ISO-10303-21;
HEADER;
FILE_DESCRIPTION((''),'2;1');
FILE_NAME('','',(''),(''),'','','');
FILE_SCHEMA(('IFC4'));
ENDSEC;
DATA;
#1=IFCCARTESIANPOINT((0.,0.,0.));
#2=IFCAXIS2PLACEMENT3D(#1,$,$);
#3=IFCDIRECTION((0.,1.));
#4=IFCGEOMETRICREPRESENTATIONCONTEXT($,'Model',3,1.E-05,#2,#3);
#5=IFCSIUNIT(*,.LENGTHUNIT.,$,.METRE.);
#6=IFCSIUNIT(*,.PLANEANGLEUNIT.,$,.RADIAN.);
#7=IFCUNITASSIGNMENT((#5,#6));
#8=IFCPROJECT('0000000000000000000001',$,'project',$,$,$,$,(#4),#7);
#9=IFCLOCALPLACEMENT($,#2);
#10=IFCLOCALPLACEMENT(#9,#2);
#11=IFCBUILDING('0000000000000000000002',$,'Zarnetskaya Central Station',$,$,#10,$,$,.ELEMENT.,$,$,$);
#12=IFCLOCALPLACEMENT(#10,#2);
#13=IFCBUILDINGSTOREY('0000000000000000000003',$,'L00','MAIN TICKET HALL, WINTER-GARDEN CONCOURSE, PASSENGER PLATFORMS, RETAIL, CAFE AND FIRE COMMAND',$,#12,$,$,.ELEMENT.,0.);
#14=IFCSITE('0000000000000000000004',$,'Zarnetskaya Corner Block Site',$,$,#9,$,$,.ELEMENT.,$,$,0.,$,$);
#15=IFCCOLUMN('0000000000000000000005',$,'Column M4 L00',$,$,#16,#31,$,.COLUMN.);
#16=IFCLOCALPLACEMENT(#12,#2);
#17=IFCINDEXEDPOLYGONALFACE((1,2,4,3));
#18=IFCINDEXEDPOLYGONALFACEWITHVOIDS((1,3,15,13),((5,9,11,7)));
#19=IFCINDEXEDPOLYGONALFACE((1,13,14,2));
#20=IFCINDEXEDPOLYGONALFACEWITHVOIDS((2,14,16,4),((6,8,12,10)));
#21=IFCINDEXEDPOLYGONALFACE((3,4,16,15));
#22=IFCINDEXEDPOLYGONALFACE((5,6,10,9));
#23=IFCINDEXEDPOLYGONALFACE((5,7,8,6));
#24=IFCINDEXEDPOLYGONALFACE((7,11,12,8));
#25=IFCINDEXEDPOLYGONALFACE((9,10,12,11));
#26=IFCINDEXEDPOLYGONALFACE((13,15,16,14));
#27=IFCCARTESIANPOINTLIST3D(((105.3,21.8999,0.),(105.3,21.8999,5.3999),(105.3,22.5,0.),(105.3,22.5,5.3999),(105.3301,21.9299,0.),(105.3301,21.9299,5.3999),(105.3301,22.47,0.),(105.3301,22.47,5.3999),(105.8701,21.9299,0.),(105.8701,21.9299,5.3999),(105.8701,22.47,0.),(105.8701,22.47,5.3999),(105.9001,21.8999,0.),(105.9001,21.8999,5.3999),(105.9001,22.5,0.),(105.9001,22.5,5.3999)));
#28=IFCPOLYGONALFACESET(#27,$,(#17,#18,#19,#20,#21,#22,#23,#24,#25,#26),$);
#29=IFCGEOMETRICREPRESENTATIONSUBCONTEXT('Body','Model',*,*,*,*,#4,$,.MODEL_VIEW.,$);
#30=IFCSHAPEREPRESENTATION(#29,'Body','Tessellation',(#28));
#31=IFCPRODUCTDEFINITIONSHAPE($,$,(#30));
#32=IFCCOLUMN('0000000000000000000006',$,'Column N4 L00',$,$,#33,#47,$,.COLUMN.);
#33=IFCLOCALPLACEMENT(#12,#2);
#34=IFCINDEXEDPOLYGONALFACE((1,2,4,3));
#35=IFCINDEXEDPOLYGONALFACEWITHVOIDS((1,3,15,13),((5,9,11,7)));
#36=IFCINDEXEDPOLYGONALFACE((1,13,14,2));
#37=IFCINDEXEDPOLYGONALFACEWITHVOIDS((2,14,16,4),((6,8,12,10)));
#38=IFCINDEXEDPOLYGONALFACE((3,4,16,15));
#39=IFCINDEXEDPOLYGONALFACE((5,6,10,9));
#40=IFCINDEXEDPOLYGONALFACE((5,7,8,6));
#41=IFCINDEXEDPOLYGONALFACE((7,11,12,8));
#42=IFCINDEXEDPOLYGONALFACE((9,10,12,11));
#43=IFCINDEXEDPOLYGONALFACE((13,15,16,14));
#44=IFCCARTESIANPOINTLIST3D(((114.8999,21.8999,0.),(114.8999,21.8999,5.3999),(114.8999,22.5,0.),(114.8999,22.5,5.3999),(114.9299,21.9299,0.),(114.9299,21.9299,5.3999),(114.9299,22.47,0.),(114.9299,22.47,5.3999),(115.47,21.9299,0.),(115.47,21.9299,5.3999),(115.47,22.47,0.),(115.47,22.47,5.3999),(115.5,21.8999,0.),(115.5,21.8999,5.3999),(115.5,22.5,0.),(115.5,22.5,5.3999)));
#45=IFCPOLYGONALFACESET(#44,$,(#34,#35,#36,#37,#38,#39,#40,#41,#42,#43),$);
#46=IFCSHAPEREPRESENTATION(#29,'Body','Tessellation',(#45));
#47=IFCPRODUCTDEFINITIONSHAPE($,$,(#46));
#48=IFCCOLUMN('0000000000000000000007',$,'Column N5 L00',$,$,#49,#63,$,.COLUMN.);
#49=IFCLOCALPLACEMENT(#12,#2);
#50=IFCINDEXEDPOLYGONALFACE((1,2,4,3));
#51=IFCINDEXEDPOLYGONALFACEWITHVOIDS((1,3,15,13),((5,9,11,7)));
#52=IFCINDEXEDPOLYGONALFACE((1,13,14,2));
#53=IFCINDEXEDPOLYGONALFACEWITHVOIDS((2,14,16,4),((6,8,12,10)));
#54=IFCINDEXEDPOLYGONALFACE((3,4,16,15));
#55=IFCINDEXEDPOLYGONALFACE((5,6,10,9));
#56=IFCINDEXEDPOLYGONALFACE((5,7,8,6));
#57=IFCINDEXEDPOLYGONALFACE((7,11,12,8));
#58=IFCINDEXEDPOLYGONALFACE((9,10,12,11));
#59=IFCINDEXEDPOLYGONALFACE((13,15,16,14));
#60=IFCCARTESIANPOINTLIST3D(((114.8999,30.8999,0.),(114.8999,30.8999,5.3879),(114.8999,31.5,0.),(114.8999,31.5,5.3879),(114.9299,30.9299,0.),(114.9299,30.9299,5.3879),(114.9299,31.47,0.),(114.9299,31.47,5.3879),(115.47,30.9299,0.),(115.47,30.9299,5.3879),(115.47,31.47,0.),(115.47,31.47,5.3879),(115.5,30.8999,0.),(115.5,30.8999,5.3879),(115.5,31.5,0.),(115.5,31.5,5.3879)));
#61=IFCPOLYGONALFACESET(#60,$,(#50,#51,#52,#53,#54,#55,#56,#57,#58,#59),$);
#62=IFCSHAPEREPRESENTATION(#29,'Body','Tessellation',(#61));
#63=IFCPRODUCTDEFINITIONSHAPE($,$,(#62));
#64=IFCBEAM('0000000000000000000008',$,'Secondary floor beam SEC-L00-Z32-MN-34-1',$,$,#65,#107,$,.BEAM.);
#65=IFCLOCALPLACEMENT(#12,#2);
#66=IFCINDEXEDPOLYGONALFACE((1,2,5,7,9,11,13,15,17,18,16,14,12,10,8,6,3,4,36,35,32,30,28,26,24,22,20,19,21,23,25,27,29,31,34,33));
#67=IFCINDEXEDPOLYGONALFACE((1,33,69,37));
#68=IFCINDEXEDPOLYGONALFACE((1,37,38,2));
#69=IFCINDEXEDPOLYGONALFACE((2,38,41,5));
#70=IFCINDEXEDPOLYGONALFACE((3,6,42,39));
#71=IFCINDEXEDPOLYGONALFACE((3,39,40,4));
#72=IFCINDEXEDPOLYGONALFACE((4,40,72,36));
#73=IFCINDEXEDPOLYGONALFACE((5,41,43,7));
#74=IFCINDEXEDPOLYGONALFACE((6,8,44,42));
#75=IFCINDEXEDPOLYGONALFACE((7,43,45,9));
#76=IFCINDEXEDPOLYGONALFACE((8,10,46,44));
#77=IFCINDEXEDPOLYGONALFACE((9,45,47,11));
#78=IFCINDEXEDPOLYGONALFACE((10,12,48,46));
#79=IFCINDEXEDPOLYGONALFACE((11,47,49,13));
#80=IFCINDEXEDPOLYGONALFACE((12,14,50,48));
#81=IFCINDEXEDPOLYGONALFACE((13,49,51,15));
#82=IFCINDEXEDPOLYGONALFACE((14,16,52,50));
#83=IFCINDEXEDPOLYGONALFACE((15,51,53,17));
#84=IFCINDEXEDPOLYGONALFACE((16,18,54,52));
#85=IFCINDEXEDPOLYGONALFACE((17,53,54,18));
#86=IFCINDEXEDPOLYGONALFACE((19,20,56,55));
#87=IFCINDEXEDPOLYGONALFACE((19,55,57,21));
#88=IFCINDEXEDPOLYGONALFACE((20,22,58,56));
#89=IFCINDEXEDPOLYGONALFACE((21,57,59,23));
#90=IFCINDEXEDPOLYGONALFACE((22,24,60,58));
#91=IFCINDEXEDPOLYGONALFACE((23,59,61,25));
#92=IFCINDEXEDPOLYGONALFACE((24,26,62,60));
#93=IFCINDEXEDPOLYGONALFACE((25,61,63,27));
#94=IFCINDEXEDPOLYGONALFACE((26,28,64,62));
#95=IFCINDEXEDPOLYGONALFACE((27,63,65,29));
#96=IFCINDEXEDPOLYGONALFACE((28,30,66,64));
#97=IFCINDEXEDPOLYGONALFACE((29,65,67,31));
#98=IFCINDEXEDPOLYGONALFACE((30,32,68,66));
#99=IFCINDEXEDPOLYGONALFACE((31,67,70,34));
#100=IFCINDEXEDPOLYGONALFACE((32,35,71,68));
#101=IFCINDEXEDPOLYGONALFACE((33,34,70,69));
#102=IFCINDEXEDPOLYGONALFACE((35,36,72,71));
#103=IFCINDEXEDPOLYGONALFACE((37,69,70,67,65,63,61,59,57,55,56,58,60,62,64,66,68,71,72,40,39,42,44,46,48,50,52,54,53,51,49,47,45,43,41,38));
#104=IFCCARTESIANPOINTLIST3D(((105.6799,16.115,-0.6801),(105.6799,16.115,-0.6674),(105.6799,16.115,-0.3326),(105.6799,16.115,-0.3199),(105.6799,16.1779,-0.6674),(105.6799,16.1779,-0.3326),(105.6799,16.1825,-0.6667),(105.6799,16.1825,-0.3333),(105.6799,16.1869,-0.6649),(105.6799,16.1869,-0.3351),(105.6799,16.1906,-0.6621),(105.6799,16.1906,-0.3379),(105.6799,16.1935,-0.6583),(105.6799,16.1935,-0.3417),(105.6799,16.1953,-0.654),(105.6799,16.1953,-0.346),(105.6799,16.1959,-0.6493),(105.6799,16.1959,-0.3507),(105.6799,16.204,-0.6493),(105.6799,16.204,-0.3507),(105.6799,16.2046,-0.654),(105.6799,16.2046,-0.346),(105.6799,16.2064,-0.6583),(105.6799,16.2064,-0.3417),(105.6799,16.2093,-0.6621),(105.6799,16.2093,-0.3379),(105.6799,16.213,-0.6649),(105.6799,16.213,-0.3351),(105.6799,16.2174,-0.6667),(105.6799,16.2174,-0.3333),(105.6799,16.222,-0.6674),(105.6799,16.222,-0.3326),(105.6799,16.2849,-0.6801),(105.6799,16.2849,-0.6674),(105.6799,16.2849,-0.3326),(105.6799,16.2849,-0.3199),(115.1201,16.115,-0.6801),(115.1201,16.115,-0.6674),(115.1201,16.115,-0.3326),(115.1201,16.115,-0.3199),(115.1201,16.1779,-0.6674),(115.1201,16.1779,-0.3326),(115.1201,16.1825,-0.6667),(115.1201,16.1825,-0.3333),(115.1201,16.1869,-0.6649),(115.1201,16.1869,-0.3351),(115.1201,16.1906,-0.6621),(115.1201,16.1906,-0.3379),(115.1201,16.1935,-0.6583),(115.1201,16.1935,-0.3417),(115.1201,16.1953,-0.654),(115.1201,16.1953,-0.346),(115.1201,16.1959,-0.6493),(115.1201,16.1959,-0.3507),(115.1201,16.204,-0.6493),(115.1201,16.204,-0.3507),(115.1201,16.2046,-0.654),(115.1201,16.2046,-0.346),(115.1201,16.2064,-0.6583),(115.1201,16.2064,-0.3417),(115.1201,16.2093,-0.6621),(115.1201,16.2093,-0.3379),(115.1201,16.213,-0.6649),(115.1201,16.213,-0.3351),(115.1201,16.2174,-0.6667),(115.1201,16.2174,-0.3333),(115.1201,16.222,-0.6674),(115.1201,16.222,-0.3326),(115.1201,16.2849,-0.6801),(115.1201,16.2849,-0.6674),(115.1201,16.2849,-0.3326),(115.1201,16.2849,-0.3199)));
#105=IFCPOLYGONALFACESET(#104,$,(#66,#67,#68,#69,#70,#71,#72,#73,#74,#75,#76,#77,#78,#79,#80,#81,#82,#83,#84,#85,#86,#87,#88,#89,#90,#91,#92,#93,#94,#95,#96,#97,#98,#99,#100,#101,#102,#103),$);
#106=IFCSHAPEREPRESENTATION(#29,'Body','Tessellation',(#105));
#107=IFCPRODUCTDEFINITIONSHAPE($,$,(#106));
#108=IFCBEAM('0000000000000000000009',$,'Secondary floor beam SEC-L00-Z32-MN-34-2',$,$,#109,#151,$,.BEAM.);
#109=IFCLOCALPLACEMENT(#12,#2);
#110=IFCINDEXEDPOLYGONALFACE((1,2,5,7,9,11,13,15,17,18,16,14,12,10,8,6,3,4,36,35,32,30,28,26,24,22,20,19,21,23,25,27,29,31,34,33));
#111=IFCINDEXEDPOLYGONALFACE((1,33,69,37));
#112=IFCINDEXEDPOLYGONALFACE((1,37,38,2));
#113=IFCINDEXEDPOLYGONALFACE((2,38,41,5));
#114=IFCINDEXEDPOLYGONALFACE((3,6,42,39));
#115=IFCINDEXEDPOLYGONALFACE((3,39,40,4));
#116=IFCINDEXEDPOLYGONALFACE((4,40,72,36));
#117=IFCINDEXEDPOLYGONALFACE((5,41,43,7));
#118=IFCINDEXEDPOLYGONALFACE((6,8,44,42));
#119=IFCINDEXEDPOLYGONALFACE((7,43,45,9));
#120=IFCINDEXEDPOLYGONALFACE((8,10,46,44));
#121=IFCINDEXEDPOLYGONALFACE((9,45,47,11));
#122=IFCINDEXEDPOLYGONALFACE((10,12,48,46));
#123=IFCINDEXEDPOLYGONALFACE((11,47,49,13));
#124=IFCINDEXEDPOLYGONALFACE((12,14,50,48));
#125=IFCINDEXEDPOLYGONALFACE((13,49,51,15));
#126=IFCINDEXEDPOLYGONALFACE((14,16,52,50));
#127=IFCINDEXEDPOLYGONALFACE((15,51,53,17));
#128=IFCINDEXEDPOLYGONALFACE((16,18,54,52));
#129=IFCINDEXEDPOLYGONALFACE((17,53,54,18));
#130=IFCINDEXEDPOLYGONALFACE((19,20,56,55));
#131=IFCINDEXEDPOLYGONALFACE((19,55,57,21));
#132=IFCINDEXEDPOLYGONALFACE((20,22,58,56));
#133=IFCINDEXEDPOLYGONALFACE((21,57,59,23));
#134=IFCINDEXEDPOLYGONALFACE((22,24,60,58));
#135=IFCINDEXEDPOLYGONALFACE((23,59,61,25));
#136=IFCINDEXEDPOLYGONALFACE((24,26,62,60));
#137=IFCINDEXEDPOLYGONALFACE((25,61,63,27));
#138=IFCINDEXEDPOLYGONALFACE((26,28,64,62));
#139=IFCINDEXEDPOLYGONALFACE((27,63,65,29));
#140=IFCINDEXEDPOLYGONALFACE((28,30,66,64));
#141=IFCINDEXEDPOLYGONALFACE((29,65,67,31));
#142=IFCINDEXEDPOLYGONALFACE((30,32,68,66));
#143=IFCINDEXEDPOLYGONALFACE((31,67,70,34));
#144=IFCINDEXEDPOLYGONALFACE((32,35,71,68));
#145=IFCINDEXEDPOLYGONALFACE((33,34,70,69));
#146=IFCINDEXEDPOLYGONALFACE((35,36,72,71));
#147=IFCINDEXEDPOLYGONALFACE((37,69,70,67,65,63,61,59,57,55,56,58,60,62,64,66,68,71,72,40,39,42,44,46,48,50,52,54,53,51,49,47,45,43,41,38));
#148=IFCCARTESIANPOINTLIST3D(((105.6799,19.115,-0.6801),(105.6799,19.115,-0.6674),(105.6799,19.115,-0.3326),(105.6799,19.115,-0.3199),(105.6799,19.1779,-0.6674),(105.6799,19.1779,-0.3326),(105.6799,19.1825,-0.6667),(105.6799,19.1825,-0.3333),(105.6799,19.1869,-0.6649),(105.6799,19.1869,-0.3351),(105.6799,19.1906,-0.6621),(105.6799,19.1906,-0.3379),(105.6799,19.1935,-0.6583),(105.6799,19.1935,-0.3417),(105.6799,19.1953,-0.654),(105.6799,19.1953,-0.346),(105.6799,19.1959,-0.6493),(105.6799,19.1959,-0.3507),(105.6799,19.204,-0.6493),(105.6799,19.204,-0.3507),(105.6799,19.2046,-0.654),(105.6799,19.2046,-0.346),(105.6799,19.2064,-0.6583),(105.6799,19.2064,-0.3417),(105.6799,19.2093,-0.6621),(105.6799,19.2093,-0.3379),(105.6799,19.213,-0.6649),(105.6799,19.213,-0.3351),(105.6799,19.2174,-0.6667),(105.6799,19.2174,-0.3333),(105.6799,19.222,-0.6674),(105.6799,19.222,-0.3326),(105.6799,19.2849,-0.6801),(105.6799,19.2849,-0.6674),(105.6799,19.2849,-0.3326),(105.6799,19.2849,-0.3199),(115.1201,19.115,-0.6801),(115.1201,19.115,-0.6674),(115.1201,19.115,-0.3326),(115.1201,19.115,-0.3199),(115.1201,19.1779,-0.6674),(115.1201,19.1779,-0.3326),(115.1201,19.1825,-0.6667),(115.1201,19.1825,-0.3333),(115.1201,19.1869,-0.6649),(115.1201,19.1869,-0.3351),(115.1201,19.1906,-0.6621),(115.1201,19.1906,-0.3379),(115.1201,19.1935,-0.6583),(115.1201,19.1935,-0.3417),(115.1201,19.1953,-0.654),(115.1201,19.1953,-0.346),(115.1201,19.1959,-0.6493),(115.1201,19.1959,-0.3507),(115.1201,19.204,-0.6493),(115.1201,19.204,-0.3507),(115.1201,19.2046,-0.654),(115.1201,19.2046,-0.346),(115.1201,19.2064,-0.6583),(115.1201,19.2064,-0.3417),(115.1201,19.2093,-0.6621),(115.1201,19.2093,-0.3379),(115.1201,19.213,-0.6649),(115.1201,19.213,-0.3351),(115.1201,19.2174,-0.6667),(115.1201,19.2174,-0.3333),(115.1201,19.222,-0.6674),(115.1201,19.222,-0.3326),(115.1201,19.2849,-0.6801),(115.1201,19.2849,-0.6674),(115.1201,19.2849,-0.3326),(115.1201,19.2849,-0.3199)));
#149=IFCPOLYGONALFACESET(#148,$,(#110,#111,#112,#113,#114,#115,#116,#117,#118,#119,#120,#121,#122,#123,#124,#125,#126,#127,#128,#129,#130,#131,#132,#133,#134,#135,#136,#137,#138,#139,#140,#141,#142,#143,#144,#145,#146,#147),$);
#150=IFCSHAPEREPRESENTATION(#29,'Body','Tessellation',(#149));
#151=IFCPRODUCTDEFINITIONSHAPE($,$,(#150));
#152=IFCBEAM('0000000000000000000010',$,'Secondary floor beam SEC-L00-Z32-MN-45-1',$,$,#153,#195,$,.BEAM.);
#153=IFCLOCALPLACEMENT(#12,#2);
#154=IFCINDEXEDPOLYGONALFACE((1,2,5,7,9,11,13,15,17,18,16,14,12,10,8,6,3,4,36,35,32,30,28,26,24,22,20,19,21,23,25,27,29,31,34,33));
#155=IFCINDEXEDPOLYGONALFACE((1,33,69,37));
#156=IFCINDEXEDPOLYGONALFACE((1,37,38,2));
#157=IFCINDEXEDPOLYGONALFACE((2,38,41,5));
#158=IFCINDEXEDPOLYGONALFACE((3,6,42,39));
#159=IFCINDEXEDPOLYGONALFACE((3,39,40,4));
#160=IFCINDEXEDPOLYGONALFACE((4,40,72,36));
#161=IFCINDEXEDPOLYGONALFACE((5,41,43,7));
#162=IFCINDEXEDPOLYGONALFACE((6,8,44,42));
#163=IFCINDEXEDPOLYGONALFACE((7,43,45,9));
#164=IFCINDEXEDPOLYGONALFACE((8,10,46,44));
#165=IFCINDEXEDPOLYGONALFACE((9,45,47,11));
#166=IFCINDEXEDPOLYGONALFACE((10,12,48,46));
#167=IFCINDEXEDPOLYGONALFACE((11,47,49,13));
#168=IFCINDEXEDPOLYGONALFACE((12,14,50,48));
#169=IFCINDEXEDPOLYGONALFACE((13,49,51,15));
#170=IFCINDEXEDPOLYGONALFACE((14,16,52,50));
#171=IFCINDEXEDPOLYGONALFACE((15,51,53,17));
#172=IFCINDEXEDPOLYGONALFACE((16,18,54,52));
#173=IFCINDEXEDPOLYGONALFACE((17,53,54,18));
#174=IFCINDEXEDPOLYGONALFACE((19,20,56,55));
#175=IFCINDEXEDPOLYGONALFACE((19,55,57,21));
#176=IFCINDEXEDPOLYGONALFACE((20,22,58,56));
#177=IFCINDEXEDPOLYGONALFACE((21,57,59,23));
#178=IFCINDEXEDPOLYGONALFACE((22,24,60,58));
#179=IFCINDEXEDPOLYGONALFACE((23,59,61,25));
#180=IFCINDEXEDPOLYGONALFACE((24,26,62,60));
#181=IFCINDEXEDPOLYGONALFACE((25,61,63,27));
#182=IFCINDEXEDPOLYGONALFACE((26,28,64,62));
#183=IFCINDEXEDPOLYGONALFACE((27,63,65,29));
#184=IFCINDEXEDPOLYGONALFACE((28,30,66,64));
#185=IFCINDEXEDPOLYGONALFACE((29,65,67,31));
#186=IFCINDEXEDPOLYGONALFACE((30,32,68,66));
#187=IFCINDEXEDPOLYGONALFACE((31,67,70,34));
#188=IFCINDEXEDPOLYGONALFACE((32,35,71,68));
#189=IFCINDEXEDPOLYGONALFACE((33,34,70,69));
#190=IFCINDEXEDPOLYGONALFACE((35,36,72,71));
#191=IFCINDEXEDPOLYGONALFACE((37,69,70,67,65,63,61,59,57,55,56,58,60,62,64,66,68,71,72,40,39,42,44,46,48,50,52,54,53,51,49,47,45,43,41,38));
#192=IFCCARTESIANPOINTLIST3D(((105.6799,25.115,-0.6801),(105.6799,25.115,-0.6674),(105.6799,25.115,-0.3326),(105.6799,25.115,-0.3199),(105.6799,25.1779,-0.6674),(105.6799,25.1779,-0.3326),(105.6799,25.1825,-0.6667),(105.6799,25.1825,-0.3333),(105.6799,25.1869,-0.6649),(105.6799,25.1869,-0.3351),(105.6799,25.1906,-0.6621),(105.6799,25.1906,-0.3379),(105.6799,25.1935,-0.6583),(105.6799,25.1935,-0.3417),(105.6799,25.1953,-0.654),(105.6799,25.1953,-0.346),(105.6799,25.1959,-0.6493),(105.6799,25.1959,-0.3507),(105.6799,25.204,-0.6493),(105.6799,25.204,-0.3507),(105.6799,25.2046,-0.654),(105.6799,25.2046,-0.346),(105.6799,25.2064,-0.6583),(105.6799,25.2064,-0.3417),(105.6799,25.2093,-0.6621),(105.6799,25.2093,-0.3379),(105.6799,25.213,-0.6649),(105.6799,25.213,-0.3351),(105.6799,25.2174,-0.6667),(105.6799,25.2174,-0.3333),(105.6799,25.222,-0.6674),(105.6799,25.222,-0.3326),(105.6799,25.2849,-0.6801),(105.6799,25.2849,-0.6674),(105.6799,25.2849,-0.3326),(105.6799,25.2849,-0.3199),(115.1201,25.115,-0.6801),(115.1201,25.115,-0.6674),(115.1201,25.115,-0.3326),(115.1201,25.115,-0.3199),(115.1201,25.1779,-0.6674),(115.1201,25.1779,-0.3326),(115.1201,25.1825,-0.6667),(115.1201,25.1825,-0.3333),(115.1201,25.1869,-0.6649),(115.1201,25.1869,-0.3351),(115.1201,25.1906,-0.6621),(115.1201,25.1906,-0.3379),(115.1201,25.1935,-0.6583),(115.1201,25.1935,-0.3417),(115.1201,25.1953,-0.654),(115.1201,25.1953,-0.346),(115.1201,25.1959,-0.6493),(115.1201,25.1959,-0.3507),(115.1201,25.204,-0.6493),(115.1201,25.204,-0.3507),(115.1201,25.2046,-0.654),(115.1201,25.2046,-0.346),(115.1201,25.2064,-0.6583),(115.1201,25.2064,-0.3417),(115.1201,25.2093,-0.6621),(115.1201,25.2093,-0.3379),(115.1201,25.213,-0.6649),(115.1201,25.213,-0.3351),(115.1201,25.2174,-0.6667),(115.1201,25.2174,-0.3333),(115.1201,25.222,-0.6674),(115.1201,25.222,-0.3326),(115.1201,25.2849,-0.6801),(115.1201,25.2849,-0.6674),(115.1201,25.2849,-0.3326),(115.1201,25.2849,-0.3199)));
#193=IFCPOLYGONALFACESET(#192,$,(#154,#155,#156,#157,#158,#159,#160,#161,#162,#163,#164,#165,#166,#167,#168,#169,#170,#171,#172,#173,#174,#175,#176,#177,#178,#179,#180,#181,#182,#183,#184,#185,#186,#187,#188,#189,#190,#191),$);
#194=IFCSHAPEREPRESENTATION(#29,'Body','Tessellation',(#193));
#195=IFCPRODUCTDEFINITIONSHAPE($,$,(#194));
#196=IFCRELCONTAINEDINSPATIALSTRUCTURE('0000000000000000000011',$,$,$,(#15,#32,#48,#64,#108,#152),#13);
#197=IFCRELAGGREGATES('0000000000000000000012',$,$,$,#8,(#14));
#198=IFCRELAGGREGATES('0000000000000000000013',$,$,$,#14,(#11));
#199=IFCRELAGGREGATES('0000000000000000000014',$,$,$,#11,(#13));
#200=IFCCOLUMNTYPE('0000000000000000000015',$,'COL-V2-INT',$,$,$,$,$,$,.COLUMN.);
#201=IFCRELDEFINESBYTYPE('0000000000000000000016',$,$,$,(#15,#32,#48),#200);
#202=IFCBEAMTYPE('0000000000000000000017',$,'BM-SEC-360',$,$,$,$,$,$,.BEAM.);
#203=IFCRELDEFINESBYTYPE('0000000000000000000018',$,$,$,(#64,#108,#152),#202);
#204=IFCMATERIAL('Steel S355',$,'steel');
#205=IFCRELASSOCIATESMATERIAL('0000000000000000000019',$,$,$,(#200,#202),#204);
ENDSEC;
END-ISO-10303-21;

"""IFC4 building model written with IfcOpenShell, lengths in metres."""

from ifc_helpers import new_model, si_unit, direction, frame, origin, origin_2d, place, context, subcontext, project, spatial, hollow_rectangle, i_section, extrude, material, material_profile, profile_set, type_object, element, save


model = new_model("IFC4")

# Units and contexts
model_context = context("Model", 3, precision=1e-05, world=origin(), true_north=direction((0.0, 1.0)))
body_context = subcontext(model_context, "Body", "Model", "MODEL_VIEW")
ifc_project = project(units=[si_unit("LENGTHUNIT", "METRE"), si_unit("PLANEANGLEUNIT", "RADIAN")], contexts=[model_context])

# Site, building, storey
site_placement = place(None, origin())
site = spatial("IfcSite", under=ifc_project, at=site_placement, Name="Zarnetskaya Corner Block Site", CompositionType="ELEMENT", RefElevation=0.0)
building_placement = place(site_placement, origin())
building = spatial("IfcBuilding", under=site, at=building_placement, Name="Zarnetskaya Central Station", CompositionType="ELEMENT")
storey_placement = place(building_placement, origin())
storey = spatial("IfcBuildingStorey", under=building, at=storey_placement, Name="L00", Description="MAIN TICKET HALL, WINTER-GARDEN CONCOURSE, PASSENGER PLATFORMS, RETAIL, CAFE AND FIRE COMMAND", CompositionType="ELEMENT", Elevation=0.0)

# Columns
ifc_material = material(Name="Steel S355", Category="steel")
ifc_material_profile_1 = material_profile(ifc_material, hollow_rectangle(XDim=0.6001, YDim=0.6001, WallThickness=0.03, at=origin_2d()), Name="BOX 600x600x30")
ifc_profile_set_1 = profile_set([ifc_material_profile_1], Name="Steel S355")
column_type = type_object("IfcColumnType", Name="COL-V2-INT", PredefinedType="COLUMN", material=ifc_profile_set_1)
for number, where, z_axis, x_axis, name in (
    (1, (105.6001, 22.2, 0.0), (0.0, 0.0, 1.0), (1.0, 0.0, 0.0), "Column M4 L00"),
    (2, (115.2, 22.2, 0.0), (0.0, 0.0, 1.0), (1.0, 0.0, 0.0), "Column N4 L00"),
):
    element("IfcColumn", number, at=place(storey_placement, frame(where, z_axis=z_axis, x_axis=x_axis)), inside=storey, type_object=column_type, Name=name, PredefinedType="COLUMN", context=body_context, shape_type="SweptSolid", body=[
        extrude(hollow_rectangle(XDim=0.6001, YDim=0.6001, WallThickness=0.03, at=origin_2d()), origin(), (0.0, 0.0, 1.0), 5.3999),
    ])
column_placement = place(storey_placement, frame((115.2, 31.2, 0.0), z_axis=(0.0, 0.0, 1.0), x_axis=(1.0, 0.0, 0.0)))
element("IfcColumn", 3, at=column_placement, inside=storey, type_object=column_type, Name="Column N5 L00", PredefinedType="COLUMN", context=body_context, shape_type="SweptSolid", body=[
    extrude(hollow_rectangle(XDim=0.6001, YDim=0.6001, WallThickness=0.03, at=origin_2d()), origin(), (0.0, 0.0, 1.0), 5.3879),
])

# Beams
ifc_material_profile_2 = material_profile(ifc_material, i_section(OverallWidth=0.1699, OverallDepth=0.3601, WebThickness=0.0081, FlangeThickness=0.0127, FilletRadius=0.0181, at=origin_2d()), Name="IPE 360")
ifc_profile_set_2 = profile_set([ifc_material_profile_2], Name="Steel S355")
beam_type_1 = type_object("IfcBeamType", Name="BM-SEC-360", PredefinedType="BEAM", material=ifc_profile_set_2)
for number, where, z_axis, x_axis, name in (
    (4, (105.6799, 16.2, -0.5), (1.0, 0.0, 0.0), (0.0, 1.0, 0.0), "Secondary floor beam SEC-L00-Z32-MN-34-1"),
    (5, (105.6799, 19.2, -0.5), (1.0, 0.0, 0.0), (0.0, 1.0, 0.0), "Secondary floor beam SEC-L00-Z32-MN-34-2"),
    (6, (105.6799, 25.2, -0.5), (1.0, 0.0, 0.0), (0.0, 1.0, 0.0), "Secondary floor beam SEC-L00-Z32-MN-45-1"),
):
    element("IfcBeam", number, at=place(storey_placement, frame(where, z_axis=z_axis, x_axis=x_axis)), inside=storey, type_object=beam_type_1, Name=name, PredefinedType="BEAM", context=body_context, shape_type="SweptSolid", body=[
        extrude(i_section(OverallWidth=0.1699, OverallDepth=0.3601, WebThickness=0.0081, FlangeThickness=0.0127, FilletRadius=0.0181, at=origin_2d()), origin(), (0.0, 0.0, 1.0), 9.4402),
    ])

save(model, "model.ifc")
